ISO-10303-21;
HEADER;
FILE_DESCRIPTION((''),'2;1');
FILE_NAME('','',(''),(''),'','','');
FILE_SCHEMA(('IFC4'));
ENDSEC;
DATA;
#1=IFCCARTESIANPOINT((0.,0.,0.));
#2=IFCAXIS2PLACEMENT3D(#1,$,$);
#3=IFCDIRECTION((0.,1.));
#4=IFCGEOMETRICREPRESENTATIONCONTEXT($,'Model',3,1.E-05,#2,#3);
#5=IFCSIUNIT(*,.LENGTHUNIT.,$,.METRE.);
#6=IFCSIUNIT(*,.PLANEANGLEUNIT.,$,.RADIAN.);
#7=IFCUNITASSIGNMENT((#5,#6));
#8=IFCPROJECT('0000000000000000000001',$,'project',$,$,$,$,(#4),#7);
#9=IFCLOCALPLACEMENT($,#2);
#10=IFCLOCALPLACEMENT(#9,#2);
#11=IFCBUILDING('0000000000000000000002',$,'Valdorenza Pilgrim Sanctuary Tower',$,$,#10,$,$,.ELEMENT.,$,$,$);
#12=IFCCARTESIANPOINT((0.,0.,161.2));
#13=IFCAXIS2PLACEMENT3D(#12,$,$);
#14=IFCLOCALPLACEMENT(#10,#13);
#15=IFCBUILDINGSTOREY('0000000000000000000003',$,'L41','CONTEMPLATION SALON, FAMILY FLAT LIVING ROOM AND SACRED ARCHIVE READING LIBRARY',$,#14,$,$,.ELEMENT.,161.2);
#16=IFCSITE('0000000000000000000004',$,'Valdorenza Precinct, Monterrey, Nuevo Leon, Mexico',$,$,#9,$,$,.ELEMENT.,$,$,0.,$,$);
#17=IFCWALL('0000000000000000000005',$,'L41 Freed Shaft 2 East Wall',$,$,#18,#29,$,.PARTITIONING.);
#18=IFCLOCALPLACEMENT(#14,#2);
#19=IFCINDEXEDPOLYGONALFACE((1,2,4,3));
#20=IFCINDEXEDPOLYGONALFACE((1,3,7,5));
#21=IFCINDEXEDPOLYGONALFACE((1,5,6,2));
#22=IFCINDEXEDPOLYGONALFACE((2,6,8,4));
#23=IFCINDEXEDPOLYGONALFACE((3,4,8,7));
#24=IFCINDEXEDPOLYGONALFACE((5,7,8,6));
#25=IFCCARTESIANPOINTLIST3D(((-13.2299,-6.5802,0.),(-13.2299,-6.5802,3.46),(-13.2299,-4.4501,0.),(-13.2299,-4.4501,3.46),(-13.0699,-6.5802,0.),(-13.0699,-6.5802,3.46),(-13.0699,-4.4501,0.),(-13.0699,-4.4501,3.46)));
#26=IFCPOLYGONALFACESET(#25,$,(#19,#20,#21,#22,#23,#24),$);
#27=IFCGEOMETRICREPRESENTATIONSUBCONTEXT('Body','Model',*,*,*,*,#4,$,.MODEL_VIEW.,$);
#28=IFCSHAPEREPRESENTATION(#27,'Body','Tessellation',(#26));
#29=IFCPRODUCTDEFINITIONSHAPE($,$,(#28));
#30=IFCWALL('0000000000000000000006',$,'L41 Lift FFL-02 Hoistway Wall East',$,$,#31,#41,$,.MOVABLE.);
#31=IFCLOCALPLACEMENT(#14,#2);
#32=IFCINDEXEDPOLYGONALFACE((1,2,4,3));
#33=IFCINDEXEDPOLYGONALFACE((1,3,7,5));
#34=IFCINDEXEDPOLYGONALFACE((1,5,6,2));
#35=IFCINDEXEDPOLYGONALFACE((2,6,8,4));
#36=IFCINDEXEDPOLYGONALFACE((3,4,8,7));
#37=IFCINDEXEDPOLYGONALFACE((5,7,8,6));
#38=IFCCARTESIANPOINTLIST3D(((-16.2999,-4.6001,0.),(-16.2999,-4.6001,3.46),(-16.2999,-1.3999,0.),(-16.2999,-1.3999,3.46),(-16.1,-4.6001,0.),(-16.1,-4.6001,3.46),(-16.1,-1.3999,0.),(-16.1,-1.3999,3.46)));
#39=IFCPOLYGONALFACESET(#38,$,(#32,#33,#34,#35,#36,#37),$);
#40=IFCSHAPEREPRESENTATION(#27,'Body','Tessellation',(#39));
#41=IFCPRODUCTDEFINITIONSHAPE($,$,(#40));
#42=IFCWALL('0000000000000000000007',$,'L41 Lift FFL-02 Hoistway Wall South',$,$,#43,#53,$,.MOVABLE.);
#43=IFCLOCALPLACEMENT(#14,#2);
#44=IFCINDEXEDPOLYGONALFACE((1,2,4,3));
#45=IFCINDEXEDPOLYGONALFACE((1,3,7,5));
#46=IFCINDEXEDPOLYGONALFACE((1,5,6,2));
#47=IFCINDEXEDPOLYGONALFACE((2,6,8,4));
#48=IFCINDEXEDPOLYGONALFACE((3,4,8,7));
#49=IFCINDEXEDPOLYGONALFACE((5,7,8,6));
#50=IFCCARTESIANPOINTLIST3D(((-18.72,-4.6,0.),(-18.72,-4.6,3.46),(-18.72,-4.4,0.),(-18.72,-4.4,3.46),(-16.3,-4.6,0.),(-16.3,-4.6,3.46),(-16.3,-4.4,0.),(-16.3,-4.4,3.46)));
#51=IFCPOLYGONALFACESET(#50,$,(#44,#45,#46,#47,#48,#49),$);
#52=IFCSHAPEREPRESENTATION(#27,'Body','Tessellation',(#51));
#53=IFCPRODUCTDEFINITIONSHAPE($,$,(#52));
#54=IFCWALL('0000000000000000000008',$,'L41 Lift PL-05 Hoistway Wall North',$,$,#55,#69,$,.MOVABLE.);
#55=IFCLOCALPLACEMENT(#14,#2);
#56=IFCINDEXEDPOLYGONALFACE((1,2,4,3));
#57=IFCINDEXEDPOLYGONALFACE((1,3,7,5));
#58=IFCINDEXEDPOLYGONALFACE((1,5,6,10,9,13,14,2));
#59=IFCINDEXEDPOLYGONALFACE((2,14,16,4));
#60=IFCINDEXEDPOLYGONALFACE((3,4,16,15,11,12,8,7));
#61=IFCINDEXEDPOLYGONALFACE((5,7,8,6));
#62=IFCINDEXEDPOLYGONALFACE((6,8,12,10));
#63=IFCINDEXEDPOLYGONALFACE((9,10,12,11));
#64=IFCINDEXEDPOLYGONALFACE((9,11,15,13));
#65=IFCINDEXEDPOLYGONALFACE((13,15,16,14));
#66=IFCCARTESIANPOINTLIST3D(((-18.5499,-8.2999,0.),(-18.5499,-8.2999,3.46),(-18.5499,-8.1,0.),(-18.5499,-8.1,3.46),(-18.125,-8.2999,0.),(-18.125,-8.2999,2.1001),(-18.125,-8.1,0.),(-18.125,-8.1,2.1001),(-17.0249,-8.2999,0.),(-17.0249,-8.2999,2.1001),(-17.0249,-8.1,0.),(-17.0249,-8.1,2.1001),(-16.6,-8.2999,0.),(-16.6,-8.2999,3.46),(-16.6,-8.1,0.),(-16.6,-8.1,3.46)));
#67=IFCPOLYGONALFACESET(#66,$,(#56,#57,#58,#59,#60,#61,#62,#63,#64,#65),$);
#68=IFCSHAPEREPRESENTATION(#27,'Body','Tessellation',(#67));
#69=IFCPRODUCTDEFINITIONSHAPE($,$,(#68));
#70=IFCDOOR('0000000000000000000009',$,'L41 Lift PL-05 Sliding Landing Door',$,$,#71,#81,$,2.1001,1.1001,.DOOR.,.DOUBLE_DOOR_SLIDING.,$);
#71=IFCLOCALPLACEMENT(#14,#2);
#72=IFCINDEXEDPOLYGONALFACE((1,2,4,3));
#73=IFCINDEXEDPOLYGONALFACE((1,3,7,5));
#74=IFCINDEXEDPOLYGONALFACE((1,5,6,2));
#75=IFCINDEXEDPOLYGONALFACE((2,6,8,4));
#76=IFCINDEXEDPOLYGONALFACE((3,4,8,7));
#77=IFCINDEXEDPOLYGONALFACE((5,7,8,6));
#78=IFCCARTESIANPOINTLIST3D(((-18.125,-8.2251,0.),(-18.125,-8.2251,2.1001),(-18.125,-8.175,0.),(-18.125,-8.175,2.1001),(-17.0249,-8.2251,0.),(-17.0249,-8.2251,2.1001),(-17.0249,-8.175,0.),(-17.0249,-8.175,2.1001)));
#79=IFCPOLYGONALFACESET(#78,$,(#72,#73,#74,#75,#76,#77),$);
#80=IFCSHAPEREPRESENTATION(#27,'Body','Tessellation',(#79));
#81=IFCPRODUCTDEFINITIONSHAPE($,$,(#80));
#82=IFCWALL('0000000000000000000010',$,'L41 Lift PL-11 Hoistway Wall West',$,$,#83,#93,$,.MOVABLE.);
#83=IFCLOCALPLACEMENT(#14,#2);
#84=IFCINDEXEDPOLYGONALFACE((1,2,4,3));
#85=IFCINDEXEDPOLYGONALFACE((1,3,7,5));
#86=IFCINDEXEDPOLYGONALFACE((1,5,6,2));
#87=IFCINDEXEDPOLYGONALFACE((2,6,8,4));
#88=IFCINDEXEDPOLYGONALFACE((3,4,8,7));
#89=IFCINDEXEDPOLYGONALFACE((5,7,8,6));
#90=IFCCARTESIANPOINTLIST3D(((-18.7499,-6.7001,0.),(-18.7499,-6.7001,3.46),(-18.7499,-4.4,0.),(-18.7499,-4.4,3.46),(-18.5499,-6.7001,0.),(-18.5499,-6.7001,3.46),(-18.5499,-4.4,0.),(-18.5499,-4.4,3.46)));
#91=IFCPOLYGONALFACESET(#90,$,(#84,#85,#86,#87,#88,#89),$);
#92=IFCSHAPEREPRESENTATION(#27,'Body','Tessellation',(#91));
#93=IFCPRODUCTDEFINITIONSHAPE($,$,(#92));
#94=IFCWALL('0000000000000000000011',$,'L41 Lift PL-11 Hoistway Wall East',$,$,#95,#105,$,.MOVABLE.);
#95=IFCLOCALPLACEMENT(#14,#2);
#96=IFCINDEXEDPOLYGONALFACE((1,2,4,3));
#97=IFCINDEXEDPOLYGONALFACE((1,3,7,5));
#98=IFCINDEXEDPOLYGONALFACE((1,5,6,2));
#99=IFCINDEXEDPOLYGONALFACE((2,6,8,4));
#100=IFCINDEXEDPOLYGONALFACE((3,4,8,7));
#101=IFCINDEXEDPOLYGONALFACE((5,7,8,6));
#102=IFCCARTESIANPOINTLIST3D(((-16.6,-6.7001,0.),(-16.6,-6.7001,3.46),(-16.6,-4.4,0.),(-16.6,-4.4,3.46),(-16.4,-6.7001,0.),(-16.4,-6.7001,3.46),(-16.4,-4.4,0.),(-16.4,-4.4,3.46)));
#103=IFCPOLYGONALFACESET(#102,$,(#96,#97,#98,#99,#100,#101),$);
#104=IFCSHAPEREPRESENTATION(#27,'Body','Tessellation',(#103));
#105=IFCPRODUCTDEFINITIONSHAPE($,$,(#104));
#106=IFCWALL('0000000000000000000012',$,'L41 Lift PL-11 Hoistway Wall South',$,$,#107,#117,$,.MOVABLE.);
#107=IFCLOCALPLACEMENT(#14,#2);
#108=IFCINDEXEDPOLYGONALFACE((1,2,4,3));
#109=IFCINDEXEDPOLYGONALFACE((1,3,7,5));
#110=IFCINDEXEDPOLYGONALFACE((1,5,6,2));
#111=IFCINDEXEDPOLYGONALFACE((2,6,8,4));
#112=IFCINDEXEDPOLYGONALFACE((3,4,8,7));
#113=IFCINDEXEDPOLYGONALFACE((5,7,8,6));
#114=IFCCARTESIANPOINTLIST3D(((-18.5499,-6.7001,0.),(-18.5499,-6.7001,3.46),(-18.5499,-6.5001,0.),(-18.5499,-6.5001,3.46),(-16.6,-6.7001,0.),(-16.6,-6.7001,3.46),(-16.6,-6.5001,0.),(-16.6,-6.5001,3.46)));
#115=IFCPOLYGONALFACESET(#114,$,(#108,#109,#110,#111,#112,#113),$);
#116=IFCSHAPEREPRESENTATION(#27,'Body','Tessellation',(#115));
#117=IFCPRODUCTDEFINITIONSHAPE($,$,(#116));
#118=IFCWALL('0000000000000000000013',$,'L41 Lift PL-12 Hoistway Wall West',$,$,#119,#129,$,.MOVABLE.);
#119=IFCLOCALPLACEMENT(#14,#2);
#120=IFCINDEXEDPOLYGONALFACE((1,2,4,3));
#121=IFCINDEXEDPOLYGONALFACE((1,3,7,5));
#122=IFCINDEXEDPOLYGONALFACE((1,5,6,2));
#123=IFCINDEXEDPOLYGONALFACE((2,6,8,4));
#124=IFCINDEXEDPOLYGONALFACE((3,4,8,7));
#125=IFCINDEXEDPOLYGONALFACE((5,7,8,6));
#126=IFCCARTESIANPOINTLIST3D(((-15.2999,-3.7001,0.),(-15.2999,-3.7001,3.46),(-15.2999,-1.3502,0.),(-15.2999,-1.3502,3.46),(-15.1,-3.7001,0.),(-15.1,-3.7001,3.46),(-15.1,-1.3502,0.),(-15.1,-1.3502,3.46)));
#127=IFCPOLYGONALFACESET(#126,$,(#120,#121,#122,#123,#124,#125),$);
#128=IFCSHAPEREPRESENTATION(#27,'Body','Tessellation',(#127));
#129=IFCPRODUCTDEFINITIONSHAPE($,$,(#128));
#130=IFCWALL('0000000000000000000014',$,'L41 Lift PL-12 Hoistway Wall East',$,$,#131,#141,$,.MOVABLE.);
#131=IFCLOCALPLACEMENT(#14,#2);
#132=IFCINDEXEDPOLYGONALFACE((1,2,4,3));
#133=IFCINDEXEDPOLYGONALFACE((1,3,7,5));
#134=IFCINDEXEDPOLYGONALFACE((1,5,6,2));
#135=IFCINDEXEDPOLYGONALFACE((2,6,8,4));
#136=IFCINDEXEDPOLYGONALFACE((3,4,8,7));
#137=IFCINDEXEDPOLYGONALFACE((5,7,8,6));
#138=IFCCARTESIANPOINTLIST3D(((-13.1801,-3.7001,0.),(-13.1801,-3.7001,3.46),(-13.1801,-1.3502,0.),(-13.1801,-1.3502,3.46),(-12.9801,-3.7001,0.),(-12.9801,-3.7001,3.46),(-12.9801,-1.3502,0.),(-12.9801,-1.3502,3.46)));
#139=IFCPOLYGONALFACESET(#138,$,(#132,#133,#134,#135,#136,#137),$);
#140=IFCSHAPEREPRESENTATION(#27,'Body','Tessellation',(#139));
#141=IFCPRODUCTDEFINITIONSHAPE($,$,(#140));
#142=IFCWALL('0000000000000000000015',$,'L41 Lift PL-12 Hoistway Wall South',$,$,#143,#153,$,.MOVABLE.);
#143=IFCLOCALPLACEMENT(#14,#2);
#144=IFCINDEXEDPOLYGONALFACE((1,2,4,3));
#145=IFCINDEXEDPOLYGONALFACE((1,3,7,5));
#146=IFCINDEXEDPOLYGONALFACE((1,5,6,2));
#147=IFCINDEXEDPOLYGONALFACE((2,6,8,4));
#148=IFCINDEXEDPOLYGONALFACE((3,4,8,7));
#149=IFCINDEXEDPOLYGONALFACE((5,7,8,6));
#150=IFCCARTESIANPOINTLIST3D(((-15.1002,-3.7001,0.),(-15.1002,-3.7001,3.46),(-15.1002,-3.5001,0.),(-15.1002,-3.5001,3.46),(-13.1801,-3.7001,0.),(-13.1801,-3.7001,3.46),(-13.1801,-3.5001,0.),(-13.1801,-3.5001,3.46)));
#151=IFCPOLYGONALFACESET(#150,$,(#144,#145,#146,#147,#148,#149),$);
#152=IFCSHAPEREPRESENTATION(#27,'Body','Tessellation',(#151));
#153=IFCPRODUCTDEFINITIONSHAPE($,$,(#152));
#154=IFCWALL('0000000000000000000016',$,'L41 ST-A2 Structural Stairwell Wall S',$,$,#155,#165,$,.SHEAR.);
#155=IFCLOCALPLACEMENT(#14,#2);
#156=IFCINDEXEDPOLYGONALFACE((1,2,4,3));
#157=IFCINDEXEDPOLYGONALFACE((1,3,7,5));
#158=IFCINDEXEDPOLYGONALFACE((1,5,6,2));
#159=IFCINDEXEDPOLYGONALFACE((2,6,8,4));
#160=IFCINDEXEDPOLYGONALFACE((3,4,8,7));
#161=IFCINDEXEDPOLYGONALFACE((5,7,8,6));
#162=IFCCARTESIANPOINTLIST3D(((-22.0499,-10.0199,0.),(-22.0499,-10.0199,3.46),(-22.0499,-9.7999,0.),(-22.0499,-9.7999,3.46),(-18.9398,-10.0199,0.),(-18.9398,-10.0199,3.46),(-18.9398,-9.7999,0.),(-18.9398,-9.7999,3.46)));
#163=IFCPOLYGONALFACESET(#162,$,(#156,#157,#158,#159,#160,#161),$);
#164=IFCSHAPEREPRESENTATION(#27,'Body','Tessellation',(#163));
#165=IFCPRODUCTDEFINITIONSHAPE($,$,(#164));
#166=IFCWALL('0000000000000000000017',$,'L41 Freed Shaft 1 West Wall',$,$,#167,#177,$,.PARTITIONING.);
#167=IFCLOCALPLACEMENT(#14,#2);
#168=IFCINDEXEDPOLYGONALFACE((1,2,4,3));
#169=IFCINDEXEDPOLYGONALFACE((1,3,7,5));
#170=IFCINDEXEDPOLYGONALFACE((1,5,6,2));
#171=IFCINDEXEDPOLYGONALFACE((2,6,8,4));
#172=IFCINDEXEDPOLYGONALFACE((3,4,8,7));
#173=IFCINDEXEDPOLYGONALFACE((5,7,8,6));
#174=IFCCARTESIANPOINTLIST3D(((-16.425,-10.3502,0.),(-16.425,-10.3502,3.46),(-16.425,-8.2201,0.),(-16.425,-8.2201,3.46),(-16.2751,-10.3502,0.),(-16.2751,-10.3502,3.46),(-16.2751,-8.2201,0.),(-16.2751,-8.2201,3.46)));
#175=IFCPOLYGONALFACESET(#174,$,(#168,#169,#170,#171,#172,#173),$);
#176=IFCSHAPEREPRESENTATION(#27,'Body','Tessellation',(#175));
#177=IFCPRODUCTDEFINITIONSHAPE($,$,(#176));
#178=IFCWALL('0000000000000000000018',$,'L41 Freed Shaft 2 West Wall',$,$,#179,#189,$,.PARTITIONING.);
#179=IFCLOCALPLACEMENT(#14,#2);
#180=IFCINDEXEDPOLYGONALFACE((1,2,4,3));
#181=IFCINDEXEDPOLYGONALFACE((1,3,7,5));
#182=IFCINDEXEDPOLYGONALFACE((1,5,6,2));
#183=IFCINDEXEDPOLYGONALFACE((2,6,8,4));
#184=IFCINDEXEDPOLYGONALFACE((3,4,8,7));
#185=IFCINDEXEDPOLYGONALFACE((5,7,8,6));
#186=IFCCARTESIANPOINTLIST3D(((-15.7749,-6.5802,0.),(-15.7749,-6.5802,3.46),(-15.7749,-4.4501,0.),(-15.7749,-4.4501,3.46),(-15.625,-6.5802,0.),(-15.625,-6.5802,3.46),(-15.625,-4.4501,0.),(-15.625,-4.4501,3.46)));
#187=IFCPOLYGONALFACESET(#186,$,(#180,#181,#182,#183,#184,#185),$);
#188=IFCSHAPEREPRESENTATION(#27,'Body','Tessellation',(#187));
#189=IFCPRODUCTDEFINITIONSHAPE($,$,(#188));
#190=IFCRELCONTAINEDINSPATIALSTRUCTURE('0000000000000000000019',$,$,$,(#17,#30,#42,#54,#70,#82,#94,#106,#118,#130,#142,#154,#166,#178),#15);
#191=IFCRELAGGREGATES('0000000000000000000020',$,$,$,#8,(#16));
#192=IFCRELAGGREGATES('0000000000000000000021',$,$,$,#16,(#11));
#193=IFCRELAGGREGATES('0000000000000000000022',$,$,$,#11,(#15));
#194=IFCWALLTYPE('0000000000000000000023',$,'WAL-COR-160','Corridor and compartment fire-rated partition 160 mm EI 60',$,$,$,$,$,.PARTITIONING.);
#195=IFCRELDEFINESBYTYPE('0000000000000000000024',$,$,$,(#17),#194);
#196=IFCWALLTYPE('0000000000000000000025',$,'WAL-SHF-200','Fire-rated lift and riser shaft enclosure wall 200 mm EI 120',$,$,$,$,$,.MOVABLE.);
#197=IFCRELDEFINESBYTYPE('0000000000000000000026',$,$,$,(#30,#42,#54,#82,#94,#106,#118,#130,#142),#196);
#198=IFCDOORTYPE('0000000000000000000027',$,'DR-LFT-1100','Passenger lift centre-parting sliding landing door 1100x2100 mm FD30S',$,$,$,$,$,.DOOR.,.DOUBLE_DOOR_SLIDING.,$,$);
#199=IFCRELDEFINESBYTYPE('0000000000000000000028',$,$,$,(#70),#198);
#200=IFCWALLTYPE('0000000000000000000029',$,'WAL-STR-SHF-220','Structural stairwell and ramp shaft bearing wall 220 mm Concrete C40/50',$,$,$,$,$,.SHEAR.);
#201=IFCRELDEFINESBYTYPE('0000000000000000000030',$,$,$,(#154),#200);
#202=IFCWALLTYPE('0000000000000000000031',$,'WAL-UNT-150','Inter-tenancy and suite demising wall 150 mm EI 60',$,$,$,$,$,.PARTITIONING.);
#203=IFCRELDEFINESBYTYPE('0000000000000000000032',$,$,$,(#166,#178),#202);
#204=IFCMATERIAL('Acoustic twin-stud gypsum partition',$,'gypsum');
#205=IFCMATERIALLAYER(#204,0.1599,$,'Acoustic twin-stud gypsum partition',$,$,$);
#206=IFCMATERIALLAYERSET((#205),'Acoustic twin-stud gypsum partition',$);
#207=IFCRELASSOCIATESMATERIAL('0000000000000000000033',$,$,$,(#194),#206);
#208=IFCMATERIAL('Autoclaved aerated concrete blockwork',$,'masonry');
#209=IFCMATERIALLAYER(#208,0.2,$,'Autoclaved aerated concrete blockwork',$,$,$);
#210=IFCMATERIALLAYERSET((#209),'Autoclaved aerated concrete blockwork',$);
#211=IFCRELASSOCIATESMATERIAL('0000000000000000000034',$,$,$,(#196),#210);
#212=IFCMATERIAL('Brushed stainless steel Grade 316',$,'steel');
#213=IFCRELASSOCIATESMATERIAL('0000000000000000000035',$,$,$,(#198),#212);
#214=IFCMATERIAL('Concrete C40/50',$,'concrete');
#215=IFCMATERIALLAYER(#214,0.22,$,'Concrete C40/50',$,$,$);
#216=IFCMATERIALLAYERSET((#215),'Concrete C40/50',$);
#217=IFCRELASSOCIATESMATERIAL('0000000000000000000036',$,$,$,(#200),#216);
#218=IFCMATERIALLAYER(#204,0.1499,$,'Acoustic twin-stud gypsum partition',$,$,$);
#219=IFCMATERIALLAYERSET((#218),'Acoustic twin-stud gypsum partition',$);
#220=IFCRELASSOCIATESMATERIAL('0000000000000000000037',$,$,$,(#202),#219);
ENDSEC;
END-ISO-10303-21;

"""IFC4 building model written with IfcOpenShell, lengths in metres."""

from ifc_helpers import new_model, si_unit, direction, frame, frame_2d, origin, place, context, subcontext, project, spatial, rectangle, extrude, material, layer, layer_set, type_object, element, fill, save


model = new_model("IFC4")

# Units and contexts
model_context = context("Model", 3, precision=1e-05, world=origin(), true_north=direction((0.0, 1.0)))
body_context = subcontext(model_context, "Body", "Model", "MODEL_VIEW")
ifc_project = project(units=[si_unit("LENGTHUNIT", "METRE"), si_unit("PLANEANGLEUNIT", "RADIAN")], contexts=[model_context])

# Site, building, storey
site_placement = place(None, origin())
site = spatial("IfcSite", under=ifc_project, at=site_placement, Name="Valdorenza Precinct, Monterrey, Nuevo Leon, Mexico", CompositionType="ELEMENT", RefElevation=0.0)
building_placement = place(site_placement, origin())
building = spatial("IfcBuilding", under=site, at=building_placement, Name="Valdorenza Pilgrim Sanctuary Tower", CompositionType="ELEMENT")
storey_placement = place(building_placement, frame((0.0, 0.0, 161.2)))
storey = spatial("IfcBuildingStorey", under=building, at=storey_placement, Name="L41", Description="CONTEMPLATION SALON, FAMILY FLAT LIVING ROOM AND SACRED ARCHIVE READING LIBRARY", CompositionType="ELEMENT", Elevation=161.2)

# Shared definitions
ifc_material_1 = material(Name="Acoustic twin-stud gypsum partition", Category="gypsum")
ifc_layer_1 = layer(ifc_material_1, 0.1599, Name="Acoustic twin-stud gypsum partition")
ifc_layer_set_1 = layer_set([ifc_layer_1], Name="Acoustic twin-stud gypsum partition")
wall_type_1 = type_object("IfcWallType", Name="WAL-COR-160", Description="Corridor and compartment fire-rated partition 160 mm EI 60", PredefinedType="PARTITIONING", material=ifc_layer_set_1)

# Walls
wall_1_placement = place(storey_placement, frame((-13.1499, -6.5801, 0.0), z_axis=(0.0, 0.0, 1.0), x_axis=(0.0, 1.0, 0.0)))
element("IfcWall", 1, at=wall_1_placement, inside=storey, type_object=wall_type_1, Name="L41 Freed Shaft 2 East Wall", PredefinedType="PARTITIONING", context=body_context, shape_type="SweptSolid", body=[
    extrude(rectangle(XDim=2.1301, YDim=0.1599, at=frame_2d((1.0649, 0.0))), origin(), (0.0, 0.0, 1.0), 3.46),
])
ifc_material_2 = material(Name="Autoclaved aerated concrete blockwork", Category="masonry")
ifc_layer_2 = layer(ifc_material_2, 0.2, Name="Autoclaved aerated concrete blockwork")
ifc_layer_set_2 = layer_set([ifc_layer_2], Name="Autoclaved aerated concrete blockwork")
wall_type_2 = type_object("IfcWallType", Name="WAL-SHF-200", Description="Fire-rated lift and riser shaft enclosure wall 200 mm EI 120", PredefinedType="MOVABLE", material=ifc_layer_set_2)
wall_2_placement = place(storey_placement, frame((-16.2, -4.6001, 0.0), z_axis=(0.0, 0.0, 1.0), x_axis=(0.0, 1.0, 0.0)))
element("IfcWall", 2, at=wall_2_placement, inside=storey, type_object=wall_type_2, Name="L41 Lift FFL-02 Hoistway Wall East", PredefinedType="MOVABLE", context=body_context, shape_type="SweptSolid", body=[
    extrude(rectangle(XDim=3.2002, YDim=0.2, at=frame_2d((1.6001, 0.0))), origin(), (0.0, 0.0, 1.0), 3.46),
])
wall_3_placement = place(storey_placement, frame((-18.72, -4.5, 0.0), z_axis=(0.0, 0.0, 1.0), x_axis=(1.0, 0.0, 0.0)))
element("IfcWall", 3, at=wall_3_placement, inside=storey, type_object=wall_type_2, Name="L41 Lift FFL-02 Hoistway Wall South", PredefinedType="MOVABLE", context=body_context, shape_type="SweptSolid", body=[
    extrude(rectangle(XDim=2.4199, YDim=0.2, at=frame_2d((1.21, 0.0))), origin(), (0.0, 0.0, 1.0), 3.46),
])

# Wall, opening, door
wall_4_placement = place(storey_placement, frame((-18.55, -8.2, 0.0), z_axis=(0.0, 0.0, 1.0), x_axis=(1.0, 0.0, 0.0)))
wall_4 = element("IfcWall", 4, at=wall_4_placement, inside=storey, type_object=wall_type_2, Name="L41 Lift PL-05 Hoistway Wall North", PredefinedType="MOVABLE", context=body_context, shape_type="SweptSolid", body=[
    extrude(rectangle(XDim=1.95, YDim=0.2, at=frame_2d((0.9751, 0.0))), origin(), (0.0, 0.0, 1.0), 3.46),
])
opening_1_placement = place(wall_4_placement, frame((0.425, 0.0, 0.0)))
opening_1 = element("IfcOpeningElement", 5, at=opening_1_placement, cuts=wall_4, PredefinedType="OPENING", context=body_context, shape_type="SweptSolid", body=[
    extrude(rectangle(XDim=1.1001, YDim=2.1001, at=frame_2d((0.55, 1.05))), frame((0.0, 0.1147, 0.0), z_axis=(0.0, -1.0, 0.0), x_axis=(1.0, 0.0, 0.0)), (0.0, 0.0, 1.0), 0.2297),
])
ifc_material_3 = material(Name="Brushed stainless steel Grade 316", Category="steel")
door_type_1 = type_object("IfcDoorType", Name="DR-LFT-1100", Description="Passenger lift centre-parting sliding landing door 1100x2100 mm FD30S", OperationType="DOUBLE_DOOR_SLIDING", PredefinedType="DOOR", material=ifc_material_3)
door_1_placement = place(opening_1_placement, origin())
door_1 = element("IfcDoor", 6, at=door_1_placement, inside=storey, type_object=door_type_1, Name="L41 Lift PL-05 Sliding Landing Door", OperationType="DOUBLE_DOOR_SLIDING", OverallHeight=2.1001, OverallWidth=1.1001, PredefinedType="DOOR", context=body_context, shape_type="SweptSolid", body=[
    extrude(rectangle(XDim=1.1001, YDim=2.1001, at=frame_2d((0.55, 1.05))), frame((0.0, 0.0249, 0.0), z_axis=(0.0, -1.0, 0.0), x_axis=(1.0, 0.0, 0.0)), (0.0, 0.0, 1.0), 0.05),
])
fill(opening_1, door_1)

# Walls
for number, where, z_axis, x_axis, name in (
    (7, (-18.6499, -6.7, 0.0), (0.0, 0.0, 1.0), (0.0, 1.0, 0.0), "L41 Lift PL-11 Hoistway Wall West"),
    (8, (-16.5, -6.7, 0.0), (0.0, 0.0, 1.0), (0.0, 1.0, 0.0), "L41 Lift PL-11 Hoistway Wall East"),
):
    element("IfcWall", number, at=place(storey_placement, frame(where, z_axis=z_axis, x_axis=x_axis)), inside=storey, type_object=wall_type_2, Name=name, PredefinedType="MOVABLE", context=body_context, shape_type="SweptSolid", body=[
        extrude(rectangle(XDim=2.3, YDim=0.2, at=frame_2d((1.1499, 0.0))), origin(), (0.0, 0.0, 1.0), 3.46),
    ])
wall_5_placement = place(storey_placement, frame((-18.55, -6.6001, 0.0), z_axis=(0.0, 0.0, 1.0), x_axis=(1.0, 0.0, 0.0)))
element("IfcWall", 9, at=wall_5_placement, inside=storey, type_object=wall_type_2, Name="L41 Lift PL-11 Hoistway Wall South", PredefinedType="MOVABLE", context=body_context, shape_type="SweptSolid", body=[
    extrude(rectangle(XDim=1.95, YDim=0.2, at=frame_2d((0.9751, 0.0))), origin(), (0.0, 0.0, 1.0), 3.46),
])
for number, where, z_axis, x_axis, name in (
    (10, (-15.2, -3.7, 0.0), (0.0, 0.0, 1.0), (0.0, 1.0, 0.0), "L41 Lift PL-12 Hoistway Wall West"),
    (11, (-13.0801, -3.7, 0.0), (0.0, 0.0, 1.0), (0.0, 1.0, 0.0), "L41 Lift PL-12 Hoistway Wall East"),
):
    element("IfcWall", number, at=place(storey_placement, frame(where, z_axis=z_axis, x_axis=x_axis)), inside=storey, type_object=wall_type_2, Name=name, PredefinedType="MOVABLE", context=body_context, shape_type="SweptSolid", body=[
        extrude(rectangle(XDim=2.3499, YDim=0.2, at=frame_2d((1.1748, 0.0))), origin(), (0.0, 0.0, 1.0), 3.46),
    ])
wall_6_placement = place(storey_placement, frame((-15.1001, -3.6001, 0.0), z_axis=(0.0, 0.0, 1.0), x_axis=(1.0, 0.0, 0.0)))
element("IfcWall", 12, at=wall_6_placement, inside=storey, type_object=wall_type_2, Name="L41 Lift PL-12 Hoistway Wall South", PredefinedType="MOVABLE", context=body_context, shape_type="SweptSolid", body=[
    extrude(rectangle(XDim=1.9202, YDim=0.2, at=frame_2d((0.96, 0.0))), origin(), (0.0, 0.0, 1.0), 3.46),
])
ifc_material_4 = material(Name="Concrete C40/50", Category="concrete")
ifc_layer_3 = layer(ifc_material_4, 0.22, Name="Concrete C40/50")
ifc_layer_set_3 = layer_set([ifc_layer_3], Name="Concrete C40/50")
wall_type_3 = type_object("IfcWallType", Name="WAL-STR-SHF-220", Description="Structural stairwell and ramp shaft bearing wall 220 mm Concrete C40/50", PredefinedType="SHEAR", material=ifc_layer_set_3)
wall_7_placement = place(storey_placement, frame((-22.05, -9.9099, 0.0), z_axis=(0.0, 0.0, 1.0), x_axis=(1.0, 0.0, 0.0)))
element("IfcWall", 13, at=wall_7_placement, inside=storey, type_object=wall_type_3, Name="L41 ST-A2 Structural Stairwell Wall S", PredefinedType="SHEAR", context=body_context, shape_type="SweptSolid", body=[
    extrude(rectangle(XDim=3.1101, YDim=0.22, at=frame_2d((1.5552, 0.0))), origin(), (0.0, 0.0, 1.0), 3.46),
])
ifc_layer_4 = layer(ifc_material_1, 0.1499, Name="Acoustic twin-stud gypsum partition")
ifc_layer_set_4 = layer_set([ifc_layer_4], Name="Acoustic twin-stud gypsum partition")
wall_type_4 = type_object("IfcWallType", Name="WAL-UNT-150", Description="Inter-tenancy and suite demising wall 150 mm EI 60", PredefinedType="PARTITIONING", material=ifc_layer_set_4)
for number, where, z_axis, x_axis, name in (
    (14, (-16.3501, -10.3501, 0.0), (0.0, 0.0, 1.0), (0.0, 1.0, 0.0), "L41 Freed Shaft 1 West Wall"),
    (15, (-15.7, -6.5801, 0.0), (0.0, 0.0, 1.0), (0.0, 1.0, 0.0), "L41 Freed Shaft 2 West Wall"),
):
    element("IfcWall", number, at=place(storey_placement, frame(where, z_axis=z_axis, x_axis=x_axis)), inside=storey, type_object=wall_type_4, Name=name, PredefinedType="PARTITIONING", context=body_context, shape_type="SweptSolid", body=[
        extrude(rectangle(XDim=2.1301, YDim=0.1499, at=frame_2d((1.0649, 0.0))), origin(), (0.0, 0.0, 1.0), 3.46),
    ])

save(model, "model.ifc")
